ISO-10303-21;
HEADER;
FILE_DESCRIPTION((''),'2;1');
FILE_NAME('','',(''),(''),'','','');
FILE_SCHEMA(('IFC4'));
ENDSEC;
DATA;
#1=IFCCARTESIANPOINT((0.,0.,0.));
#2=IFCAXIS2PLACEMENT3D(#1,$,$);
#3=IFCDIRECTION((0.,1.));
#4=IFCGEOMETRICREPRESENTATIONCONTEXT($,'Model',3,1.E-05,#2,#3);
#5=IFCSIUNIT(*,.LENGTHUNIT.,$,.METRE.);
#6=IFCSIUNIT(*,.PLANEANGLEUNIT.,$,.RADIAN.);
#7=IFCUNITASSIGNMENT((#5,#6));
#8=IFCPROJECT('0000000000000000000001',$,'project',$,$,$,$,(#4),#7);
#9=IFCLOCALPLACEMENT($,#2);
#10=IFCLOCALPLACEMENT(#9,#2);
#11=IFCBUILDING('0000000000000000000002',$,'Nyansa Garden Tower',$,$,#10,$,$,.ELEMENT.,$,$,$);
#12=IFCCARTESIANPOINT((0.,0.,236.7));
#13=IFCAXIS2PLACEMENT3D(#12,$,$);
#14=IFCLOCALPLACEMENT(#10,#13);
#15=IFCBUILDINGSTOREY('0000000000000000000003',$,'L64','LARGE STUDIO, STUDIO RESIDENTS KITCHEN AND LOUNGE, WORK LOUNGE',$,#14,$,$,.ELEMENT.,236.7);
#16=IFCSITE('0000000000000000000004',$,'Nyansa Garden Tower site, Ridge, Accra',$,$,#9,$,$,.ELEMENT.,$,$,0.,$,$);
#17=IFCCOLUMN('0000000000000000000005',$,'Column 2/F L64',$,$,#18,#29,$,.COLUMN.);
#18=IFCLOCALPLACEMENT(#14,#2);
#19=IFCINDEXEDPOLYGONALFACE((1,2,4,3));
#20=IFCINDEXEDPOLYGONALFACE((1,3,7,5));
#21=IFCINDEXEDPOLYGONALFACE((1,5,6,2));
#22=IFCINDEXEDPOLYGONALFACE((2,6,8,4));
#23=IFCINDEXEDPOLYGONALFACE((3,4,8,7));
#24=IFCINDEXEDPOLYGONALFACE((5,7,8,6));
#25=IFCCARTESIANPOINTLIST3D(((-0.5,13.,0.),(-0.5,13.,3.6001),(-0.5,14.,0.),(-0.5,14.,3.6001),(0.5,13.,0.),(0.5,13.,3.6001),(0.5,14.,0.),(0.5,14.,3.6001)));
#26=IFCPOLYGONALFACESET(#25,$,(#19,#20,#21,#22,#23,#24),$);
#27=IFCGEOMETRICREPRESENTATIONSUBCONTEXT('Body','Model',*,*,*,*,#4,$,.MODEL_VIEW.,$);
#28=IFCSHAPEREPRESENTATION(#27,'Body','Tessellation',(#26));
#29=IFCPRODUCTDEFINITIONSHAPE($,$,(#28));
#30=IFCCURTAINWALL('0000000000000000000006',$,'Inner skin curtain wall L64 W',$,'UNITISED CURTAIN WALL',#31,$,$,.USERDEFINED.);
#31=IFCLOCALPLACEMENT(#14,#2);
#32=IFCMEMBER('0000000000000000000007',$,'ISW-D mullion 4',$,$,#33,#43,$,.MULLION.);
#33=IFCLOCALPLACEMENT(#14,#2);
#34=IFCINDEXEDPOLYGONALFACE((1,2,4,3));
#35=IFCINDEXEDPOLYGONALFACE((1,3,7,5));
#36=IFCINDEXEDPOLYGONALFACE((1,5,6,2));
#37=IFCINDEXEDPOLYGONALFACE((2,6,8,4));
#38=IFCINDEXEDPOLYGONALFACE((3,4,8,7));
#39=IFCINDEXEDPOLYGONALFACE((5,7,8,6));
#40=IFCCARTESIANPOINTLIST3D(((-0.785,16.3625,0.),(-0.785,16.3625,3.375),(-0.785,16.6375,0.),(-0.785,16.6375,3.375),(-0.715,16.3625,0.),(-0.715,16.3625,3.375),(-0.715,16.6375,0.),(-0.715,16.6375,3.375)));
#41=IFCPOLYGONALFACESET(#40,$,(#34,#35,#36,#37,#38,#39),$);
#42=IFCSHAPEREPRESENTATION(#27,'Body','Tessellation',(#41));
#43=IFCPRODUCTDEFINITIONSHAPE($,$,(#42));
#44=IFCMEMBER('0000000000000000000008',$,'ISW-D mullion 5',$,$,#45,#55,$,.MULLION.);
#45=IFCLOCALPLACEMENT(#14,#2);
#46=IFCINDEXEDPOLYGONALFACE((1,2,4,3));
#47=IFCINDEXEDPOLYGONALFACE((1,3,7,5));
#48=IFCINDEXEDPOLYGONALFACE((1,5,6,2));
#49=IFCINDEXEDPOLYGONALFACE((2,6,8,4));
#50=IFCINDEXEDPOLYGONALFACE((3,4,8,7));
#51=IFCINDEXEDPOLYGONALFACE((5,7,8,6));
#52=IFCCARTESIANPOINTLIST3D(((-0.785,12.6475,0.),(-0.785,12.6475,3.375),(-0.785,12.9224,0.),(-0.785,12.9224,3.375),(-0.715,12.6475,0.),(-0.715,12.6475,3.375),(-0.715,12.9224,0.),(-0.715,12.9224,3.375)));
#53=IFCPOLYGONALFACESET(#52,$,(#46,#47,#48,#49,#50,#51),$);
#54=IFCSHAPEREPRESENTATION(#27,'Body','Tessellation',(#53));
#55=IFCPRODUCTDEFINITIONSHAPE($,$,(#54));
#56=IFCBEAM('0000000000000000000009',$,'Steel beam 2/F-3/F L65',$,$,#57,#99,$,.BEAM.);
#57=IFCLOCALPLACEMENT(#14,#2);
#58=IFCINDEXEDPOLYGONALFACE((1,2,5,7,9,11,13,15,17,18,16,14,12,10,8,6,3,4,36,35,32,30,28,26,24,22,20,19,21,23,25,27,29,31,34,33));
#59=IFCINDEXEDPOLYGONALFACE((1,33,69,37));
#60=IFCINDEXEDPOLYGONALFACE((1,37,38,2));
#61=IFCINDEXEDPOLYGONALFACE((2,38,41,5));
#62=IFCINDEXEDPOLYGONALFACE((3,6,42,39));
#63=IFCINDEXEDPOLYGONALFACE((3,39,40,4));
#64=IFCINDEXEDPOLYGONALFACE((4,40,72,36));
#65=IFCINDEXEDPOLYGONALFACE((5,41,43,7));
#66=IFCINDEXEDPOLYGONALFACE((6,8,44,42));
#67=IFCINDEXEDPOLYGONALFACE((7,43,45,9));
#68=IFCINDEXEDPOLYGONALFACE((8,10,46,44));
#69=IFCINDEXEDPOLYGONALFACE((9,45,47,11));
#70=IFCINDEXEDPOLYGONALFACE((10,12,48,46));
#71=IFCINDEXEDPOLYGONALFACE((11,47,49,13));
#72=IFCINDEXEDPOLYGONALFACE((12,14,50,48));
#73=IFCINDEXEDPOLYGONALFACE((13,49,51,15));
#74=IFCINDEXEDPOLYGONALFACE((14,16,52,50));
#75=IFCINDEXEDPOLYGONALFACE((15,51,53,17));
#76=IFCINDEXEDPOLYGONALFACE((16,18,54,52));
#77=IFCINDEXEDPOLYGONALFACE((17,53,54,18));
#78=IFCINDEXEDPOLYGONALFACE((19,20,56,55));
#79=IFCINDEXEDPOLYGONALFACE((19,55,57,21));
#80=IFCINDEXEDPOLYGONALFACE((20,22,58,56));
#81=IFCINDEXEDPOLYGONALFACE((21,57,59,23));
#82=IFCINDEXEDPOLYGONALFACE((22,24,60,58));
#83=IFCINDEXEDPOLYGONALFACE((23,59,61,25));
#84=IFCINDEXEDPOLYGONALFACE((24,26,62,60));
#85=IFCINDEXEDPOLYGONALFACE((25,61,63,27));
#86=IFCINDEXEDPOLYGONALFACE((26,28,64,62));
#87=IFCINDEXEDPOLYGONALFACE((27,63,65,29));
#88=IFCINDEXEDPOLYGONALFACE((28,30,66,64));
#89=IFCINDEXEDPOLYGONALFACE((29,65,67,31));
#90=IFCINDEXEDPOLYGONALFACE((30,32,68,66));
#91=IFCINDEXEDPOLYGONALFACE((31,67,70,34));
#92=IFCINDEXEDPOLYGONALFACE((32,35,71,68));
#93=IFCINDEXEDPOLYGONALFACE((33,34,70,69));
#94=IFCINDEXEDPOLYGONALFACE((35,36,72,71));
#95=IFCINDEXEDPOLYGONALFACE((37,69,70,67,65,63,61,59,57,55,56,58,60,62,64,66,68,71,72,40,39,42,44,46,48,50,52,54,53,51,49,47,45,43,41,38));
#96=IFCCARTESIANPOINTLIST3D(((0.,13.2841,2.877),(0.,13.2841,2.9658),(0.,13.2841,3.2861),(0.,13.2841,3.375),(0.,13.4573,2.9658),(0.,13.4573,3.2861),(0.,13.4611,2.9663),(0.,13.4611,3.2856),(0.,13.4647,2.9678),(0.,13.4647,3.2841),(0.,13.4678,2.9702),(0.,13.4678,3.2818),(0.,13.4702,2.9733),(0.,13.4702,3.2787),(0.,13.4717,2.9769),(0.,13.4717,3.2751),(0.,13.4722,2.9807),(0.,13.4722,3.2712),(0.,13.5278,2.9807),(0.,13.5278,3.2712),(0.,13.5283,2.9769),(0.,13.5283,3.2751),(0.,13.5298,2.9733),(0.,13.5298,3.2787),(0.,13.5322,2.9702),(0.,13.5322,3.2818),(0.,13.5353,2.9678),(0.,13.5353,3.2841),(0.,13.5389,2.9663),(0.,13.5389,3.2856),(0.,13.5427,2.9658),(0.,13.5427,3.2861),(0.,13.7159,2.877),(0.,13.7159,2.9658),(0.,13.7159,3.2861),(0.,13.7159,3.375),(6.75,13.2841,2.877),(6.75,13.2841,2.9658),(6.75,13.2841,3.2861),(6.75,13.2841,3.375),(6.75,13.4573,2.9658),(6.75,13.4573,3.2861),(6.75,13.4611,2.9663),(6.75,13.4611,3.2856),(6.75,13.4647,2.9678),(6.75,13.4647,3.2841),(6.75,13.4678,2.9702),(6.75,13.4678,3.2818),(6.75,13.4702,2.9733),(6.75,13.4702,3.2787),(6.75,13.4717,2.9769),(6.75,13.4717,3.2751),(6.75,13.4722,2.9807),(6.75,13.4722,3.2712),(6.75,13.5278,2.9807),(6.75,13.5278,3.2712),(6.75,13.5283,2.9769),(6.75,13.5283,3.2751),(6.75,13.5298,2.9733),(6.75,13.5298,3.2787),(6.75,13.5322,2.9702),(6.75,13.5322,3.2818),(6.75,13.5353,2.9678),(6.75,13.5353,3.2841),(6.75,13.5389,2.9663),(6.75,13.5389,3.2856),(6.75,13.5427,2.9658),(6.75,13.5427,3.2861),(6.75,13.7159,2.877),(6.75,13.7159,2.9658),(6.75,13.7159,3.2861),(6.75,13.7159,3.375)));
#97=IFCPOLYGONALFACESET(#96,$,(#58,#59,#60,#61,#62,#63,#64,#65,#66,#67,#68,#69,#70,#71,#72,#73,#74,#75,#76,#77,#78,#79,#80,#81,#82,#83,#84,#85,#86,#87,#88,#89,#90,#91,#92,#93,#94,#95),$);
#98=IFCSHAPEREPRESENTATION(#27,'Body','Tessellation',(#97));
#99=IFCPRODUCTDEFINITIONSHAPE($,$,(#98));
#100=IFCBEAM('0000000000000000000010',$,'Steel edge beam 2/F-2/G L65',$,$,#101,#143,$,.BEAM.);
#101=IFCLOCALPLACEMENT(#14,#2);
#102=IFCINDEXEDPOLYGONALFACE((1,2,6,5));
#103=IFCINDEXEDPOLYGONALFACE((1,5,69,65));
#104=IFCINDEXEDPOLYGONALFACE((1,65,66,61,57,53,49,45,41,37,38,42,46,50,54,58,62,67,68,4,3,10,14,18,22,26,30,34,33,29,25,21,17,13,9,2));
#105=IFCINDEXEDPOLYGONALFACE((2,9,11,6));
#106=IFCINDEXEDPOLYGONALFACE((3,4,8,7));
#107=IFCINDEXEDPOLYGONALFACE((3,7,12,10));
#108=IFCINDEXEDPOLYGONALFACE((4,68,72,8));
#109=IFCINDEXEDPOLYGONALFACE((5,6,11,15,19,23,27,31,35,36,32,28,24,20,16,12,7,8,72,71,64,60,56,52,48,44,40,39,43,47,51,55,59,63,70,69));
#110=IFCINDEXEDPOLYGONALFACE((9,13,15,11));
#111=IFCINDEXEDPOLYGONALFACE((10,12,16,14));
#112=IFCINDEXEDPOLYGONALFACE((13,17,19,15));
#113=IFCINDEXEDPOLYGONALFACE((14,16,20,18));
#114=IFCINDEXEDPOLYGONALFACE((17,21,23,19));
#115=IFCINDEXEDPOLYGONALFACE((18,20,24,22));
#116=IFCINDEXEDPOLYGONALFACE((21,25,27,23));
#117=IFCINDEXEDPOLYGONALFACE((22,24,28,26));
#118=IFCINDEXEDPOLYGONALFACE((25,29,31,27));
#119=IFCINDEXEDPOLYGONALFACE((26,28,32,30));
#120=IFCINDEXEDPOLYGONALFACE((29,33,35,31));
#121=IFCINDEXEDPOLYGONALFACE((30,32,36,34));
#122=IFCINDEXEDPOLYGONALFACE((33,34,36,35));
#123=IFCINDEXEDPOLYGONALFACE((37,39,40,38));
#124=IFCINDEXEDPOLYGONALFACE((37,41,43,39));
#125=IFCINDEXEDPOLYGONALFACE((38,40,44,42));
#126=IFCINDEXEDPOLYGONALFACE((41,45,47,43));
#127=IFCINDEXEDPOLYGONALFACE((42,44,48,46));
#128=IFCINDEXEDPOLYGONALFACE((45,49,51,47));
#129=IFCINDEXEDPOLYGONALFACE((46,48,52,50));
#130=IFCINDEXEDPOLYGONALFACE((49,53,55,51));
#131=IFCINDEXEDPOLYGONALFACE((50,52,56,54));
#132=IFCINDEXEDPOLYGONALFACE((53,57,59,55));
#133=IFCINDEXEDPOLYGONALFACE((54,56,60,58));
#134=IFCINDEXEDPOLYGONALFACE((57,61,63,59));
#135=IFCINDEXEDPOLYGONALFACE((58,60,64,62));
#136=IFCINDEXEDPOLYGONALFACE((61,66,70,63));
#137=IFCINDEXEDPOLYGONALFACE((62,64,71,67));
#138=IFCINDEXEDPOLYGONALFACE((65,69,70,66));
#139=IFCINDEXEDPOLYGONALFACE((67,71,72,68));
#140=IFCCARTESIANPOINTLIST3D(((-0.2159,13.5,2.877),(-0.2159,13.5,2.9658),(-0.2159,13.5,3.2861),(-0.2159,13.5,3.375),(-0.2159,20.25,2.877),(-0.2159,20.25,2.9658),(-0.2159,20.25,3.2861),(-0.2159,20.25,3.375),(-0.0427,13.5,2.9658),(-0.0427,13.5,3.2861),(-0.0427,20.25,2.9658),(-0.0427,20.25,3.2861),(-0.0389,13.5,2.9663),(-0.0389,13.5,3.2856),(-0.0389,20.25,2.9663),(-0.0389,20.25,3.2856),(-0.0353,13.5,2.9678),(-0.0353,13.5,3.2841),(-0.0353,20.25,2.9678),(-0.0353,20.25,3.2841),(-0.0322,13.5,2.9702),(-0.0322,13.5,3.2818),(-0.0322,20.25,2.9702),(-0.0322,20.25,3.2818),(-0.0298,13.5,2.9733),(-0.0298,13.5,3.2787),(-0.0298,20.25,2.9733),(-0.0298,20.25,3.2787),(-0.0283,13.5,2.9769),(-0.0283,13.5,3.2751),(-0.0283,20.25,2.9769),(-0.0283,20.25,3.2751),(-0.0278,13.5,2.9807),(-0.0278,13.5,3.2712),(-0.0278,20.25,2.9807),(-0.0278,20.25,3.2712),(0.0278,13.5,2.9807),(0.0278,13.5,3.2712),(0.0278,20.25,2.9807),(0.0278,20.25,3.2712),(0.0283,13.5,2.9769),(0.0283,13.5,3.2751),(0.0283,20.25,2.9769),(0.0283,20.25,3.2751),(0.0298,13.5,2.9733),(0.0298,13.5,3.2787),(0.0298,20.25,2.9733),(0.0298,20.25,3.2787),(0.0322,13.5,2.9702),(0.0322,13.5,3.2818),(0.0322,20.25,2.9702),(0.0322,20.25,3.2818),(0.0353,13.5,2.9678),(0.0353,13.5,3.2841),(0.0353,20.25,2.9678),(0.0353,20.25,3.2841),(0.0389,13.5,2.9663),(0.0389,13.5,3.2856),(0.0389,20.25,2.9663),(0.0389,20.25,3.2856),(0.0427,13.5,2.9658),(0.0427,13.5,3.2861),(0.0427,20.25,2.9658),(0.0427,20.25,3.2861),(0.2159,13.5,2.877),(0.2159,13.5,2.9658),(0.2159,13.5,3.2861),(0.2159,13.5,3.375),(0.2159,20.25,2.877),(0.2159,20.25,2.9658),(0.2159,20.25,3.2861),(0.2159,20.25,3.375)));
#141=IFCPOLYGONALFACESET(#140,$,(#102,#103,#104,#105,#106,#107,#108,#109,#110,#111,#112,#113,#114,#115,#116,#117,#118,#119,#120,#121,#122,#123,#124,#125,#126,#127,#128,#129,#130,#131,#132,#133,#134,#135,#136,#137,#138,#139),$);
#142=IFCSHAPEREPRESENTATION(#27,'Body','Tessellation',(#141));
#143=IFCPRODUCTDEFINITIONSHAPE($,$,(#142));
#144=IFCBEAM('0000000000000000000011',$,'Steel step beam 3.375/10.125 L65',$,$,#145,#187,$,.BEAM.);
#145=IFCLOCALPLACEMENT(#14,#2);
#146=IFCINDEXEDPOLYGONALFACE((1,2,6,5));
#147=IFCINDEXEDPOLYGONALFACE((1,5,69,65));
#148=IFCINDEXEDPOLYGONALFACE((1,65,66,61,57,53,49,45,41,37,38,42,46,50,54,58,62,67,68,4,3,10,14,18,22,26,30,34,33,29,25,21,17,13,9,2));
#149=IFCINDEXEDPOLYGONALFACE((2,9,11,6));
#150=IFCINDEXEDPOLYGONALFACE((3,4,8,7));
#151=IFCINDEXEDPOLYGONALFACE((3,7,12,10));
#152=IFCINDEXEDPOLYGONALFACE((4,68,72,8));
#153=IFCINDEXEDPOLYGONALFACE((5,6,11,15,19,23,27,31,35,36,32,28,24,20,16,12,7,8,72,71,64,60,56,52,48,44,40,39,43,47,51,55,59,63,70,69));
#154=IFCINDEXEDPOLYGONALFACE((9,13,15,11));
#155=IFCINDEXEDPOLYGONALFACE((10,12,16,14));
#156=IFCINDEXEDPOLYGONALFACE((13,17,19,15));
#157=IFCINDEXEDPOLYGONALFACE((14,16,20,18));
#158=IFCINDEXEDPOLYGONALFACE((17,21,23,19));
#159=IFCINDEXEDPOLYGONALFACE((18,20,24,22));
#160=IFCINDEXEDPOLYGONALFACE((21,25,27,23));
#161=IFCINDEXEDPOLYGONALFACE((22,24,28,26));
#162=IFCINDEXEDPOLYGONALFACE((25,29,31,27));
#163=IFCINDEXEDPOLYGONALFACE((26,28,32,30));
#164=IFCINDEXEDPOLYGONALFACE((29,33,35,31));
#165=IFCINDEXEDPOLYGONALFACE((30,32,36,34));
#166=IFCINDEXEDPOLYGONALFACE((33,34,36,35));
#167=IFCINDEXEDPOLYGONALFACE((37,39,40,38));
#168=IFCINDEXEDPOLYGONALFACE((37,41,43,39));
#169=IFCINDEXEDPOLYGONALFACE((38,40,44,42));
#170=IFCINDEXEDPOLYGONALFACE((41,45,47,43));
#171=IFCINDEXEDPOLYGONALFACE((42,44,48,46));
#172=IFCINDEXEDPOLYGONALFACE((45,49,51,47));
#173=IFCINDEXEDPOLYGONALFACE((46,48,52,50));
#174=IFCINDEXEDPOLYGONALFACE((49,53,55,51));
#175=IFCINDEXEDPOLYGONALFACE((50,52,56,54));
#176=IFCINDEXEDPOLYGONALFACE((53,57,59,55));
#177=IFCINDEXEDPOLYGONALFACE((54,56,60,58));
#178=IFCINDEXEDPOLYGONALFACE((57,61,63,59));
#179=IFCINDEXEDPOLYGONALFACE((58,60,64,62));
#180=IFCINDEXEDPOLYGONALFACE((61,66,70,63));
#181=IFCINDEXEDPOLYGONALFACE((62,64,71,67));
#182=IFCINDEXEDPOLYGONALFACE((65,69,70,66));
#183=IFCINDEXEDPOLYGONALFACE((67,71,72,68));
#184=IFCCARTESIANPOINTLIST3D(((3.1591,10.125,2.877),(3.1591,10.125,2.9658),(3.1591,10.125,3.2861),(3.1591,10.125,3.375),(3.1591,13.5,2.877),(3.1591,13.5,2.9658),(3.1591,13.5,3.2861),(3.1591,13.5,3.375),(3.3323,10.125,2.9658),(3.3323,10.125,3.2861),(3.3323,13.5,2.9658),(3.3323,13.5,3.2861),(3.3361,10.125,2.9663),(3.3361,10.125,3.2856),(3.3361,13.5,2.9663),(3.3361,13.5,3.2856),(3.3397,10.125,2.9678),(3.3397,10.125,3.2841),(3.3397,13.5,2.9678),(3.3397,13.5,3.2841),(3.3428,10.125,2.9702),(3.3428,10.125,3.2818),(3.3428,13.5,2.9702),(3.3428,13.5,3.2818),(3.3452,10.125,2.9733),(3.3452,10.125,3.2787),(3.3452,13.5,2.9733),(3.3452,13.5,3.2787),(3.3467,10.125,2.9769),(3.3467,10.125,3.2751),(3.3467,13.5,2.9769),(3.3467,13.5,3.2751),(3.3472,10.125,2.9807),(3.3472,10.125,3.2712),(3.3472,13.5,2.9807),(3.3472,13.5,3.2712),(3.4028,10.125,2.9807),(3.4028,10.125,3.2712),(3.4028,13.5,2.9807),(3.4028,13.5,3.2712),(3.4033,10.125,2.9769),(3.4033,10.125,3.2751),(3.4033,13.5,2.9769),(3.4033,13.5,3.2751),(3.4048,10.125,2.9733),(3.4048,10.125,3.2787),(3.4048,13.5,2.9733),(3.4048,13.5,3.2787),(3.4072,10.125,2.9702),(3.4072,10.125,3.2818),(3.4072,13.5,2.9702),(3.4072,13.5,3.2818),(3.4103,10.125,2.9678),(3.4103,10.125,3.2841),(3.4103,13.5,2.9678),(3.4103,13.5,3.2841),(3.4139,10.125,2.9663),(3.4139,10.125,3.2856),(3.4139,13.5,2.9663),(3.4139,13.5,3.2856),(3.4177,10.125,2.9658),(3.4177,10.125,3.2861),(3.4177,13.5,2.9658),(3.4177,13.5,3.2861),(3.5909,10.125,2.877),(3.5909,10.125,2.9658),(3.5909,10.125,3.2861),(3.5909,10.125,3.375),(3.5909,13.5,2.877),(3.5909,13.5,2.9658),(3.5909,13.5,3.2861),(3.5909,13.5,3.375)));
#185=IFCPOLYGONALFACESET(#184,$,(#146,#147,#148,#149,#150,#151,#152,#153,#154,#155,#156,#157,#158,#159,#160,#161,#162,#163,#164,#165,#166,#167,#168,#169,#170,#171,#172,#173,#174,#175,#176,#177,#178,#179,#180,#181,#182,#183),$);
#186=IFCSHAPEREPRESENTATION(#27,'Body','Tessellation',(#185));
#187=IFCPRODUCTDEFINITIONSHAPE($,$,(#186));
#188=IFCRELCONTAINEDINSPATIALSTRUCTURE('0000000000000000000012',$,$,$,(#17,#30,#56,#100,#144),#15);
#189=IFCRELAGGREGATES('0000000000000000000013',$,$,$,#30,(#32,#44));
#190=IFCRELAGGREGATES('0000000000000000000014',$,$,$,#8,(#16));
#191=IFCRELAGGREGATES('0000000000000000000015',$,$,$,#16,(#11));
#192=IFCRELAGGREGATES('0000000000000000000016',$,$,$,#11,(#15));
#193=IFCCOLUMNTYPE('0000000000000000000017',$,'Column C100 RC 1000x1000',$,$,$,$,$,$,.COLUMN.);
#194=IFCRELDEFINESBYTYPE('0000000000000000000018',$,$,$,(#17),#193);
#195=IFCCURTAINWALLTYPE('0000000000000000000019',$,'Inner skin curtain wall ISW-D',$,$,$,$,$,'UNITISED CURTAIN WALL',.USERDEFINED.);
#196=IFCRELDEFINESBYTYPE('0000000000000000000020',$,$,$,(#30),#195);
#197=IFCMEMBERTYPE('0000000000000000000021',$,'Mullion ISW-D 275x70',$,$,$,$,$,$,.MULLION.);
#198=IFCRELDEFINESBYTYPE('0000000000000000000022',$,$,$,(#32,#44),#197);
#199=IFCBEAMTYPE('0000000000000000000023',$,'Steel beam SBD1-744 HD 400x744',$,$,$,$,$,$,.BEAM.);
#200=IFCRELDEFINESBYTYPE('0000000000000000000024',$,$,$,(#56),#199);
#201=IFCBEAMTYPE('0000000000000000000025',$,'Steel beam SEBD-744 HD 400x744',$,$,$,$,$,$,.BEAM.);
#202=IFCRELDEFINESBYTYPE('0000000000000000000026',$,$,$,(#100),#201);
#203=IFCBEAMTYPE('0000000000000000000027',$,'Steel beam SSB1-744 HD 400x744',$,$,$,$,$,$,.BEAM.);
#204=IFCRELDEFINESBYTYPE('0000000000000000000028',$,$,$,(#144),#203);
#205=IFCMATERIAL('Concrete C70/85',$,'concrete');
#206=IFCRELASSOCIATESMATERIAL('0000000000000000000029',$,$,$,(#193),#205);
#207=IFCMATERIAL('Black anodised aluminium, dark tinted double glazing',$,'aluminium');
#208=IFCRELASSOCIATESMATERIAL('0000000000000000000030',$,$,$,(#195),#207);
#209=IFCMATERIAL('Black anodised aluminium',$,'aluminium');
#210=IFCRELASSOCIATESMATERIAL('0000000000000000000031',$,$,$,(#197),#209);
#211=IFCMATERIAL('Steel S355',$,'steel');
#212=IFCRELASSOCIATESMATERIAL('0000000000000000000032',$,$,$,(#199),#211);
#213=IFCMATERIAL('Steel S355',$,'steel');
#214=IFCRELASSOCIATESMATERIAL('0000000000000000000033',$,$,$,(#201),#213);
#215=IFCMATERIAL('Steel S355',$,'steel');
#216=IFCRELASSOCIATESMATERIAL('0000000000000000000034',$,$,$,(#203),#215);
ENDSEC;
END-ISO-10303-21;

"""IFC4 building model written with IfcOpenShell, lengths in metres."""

from ifc_helpers import new_model, si_unit, direction, frame, origin, origin_2d, place, context, subcontext, project, spatial, rectangle, i_section, extrude, material, material_profile, profile_set, type_object, element, aggregate, save


model = new_model("IFC4")

# Units and contexts
model_context = context("Model", 3, precision=1e-05, world=origin(), true_north=direction((0.0, 1.0)))
body_context = subcontext(model_context, "Body", "Model", "MODEL_VIEW")
ifc_project = project(units=[si_unit("LENGTHUNIT", "METRE"), si_unit("PLANEANGLEUNIT", "RADIAN")], contexts=[model_context])

# Site, building, storey
site_placement = place(None, origin())
site = spatial("IfcSite", under=ifc_project, at=site_placement, Name="Nyansa Garden Tower site, Ridge, Accra", CompositionType="ELEMENT", RefElevation=0.0)
building_placement = place(site_placement, origin())
building = spatial("IfcBuilding", under=site, at=building_placement, Name="Nyansa Garden Tower", CompositionType="ELEMENT")
storey_placement = place(building_placement, frame((0.0, 0.0, 236.7)))
storey = spatial("IfcBuildingStorey", under=building, at=storey_placement, Name="L64", Description="LARGE STUDIO, STUDIO RESIDENTS KITCHEN AND LOUNGE, WORK LOUNGE", CompositionType="ELEMENT", Elevation=236.7)

# Column
ifc_material_1 = material(Name="Concrete C70/85", Category="concrete")
ifc_material_profile_1 = material_profile(ifc_material_1, rectangle(XDim=1.0, YDim=1.0, at=origin_2d()), Name="RC 1000x1000")
ifc_profile_set_1 = profile_set([ifc_material_profile_1], Name="Concrete C70/85")
column_type = type_object("IfcColumnType", Name="Column C100 RC 1000x1000", PredefinedType="COLUMN", material=ifc_profile_set_1)
column_placement = place(storey_placement, frame((0.0, 13.5, 0.0), z_axis=(0.0, 0.0, 1.0), x_axis=(1.0, 0.0, 0.0)))
element("IfcColumn", 1, at=column_placement, inside=storey, type_object=column_type, Name="Column 2/F L64", PredefinedType="COLUMN", context=body_context, shape_type="SweptSolid", body=[
    extrude(rectangle(XDim=1.0, YDim=1.0, at=origin_2d()), origin(), (0.0, 0.0, 1.0), 3.6001),
])

# Curtain wall, members
ifc_material_2 = material(Name="Black anodised aluminium, dark tinted double glazing", Category="aluminium")
curtain_wall_type = type_object("IfcCurtainWallType", Name="Inner skin curtain wall ISW-D", ElementType="UNITISED CURTAIN WALL", PredefinedType="USERDEFINED", material=ifc_material_2)
curtain_wall_placement = place(storey_placement, origin())
curtain_wall = element("IfcCurtainWall", 2, at=curtain_wall_placement, inside=storey, type_object=curtain_wall_type, Name="Inner skin curtain wall L64 W", ObjectType="UNITISED CURTAIN WALL", PredefinedType="USERDEFINED")
ifc_material_3 = material(Name="Black anodised aluminium", Category="aluminium")
ifc_material_profile_2 = material_profile(ifc_material_3, rectangle(XDim=0.0701, YDim=0.2749, at=origin_2d()), Name="Mullion 275x70")
ifc_profile_set_2 = profile_set([ifc_material_profile_2], Name="Black anodised aluminium")
member_type_1 = type_object("IfcMemberType", Name="Mullion ISW-D 275x70", PredefinedType="MULLION", material=ifc_profile_set_2)
member_1_placement = place(storey_placement, frame((-0.75, 16.5, 0.0), z_axis=(0.0, 0.0, 1.0), x_axis=(1.0, 0.0, 0.0)))
member_1 = element("IfcMember", 3, at=member_1_placement, type_object=member_type_1, Name="ISW-D mullion 4", PredefinedType="MULLION", context=body_context, shape_type="SweptSolid", body=[
    extrude(rectangle(XDim=0.0701, YDim=0.2749, at=origin_2d()), origin(), (0.0, 0.0, 1.0), 3.375),
])
member_2_placement = place(storey_placement, frame((-0.75, 12.7849, 0.0), z_axis=(0.0, 0.0, 1.0), x_axis=(1.0, 0.0, 0.0)))
member_2 = element("IfcMember", 4, at=member_2_placement, type_object=member_type_1, Name="ISW-D mullion 5", PredefinedType="MULLION", context=body_context, shape_type="SweptSolid", body=[
    extrude(rectangle(XDim=0.0701, YDim=0.2749, at=origin_2d()), origin(), (0.0, 0.0, 1.0), 3.375),
])

# Beams
ifc_material_4 = material(Name="Steel S355", Category="steel")
ifc_material_profile_3 = material_profile(ifc_material_4, i_section(OverallWidth=0.4319, OverallDepth=0.498, WebThickness=0.0557, FlangeThickness=0.0889, FilletRadius=0.0149, at=origin_2d()), Name="HD 400x744")
ifc_profile_set_3 = profile_set([ifc_material_profile_3], Name="Steel S355")
beam_type_1 = type_object("IfcBeamType", Name="Steel beam SBD1-744 HD 400x744", PredefinedType="BEAM", material=ifc_profile_set_3)
beam_1_placement = place(storey_placement, frame((0.0, 13.5, 3.126), z_axis=(1.0, 0.0, 0.0), x_axis=(0.0, 1.0, 0.0)))
element("IfcBeam", 5, at=beam_1_placement, inside=storey, type_object=beam_type_1, Name="Steel beam 2/F-3/F L65", PredefinedType="BEAM", context=body_context, shape_type="SweptSolid", body=[
    extrude(i_section(OverallWidth=0.4319, OverallDepth=0.498, WebThickness=0.0557, FlangeThickness=0.0889, FilletRadius=0.0149, at=origin_2d()), origin(), (0.0, 0.0, 1.0), 6.75),
])
ifc_material_5 = material(Name="Steel S355", Category="steel")
ifc_material_profile_4 = material_profile(ifc_material_5, i_section(OverallWidth=0.4319, OverallDepth=0.498, WebThickness=0.0557, FlangeThickness=0.0889, FilletRadius=0.0149, at=origin_2d()), Name="HD 400x744")
ifc_profile_set_4 = profile_set([ifc_material_profile_4], Name="Steel S355")
beam_type_2 = type_object("IfcBeamType", Name="Steel beam SEBD-744 HD 400x744", PredefinedType="BEAM", material=ifc_profile_set_4)
beam_2_placement = place(storey_placement, frame((0.0, 13.5, 3.126), z_axis=(0.0, 1.0, 0.0), x_axis=(-1.0, 0.0, 0.0)))
element("IfcBeam", 6, at=beam_2_placement, inside=storey, type_object=beam_type_2, Name="Steel edge beam 2/F-2/G L65", PredefinedType="BEAM", context=body_context, shape_type="SweptSolid", body=[
    extrude(i_section(OverallWidth=0.4319, OverallDepth=0.498, WebThickness=0.0557, FlangeThickness=0.0889, FilletRadius=0.0149, at=origin_2d()), origin(), (0.0, 0.0, 1.0), 6.75),
])
ifc_material_6 = material(Name="Steel S355", Category="steel")
ifc_material_profile_5 = material_profile(ifc_material_6, i_section(OverallWidth=0.4319, OverallDepth=0.498, WebThickness=0.0557, FlangeThickness=0.0889, FilletRadius=0.0149, at=origin_2d()), Name="HD 400x744")
ifc_profile_set_5 = profile_set([ifc_material_profile_5], Name="Steel S355")
beam_type_3 = type_object("IfcBeamType", Name="Steel beam SSB1-744 HD 400x744", PredefinedType="BEAM", material=ifc_profile_set_5)
beam_3_placement = place(storey_placement, frame((3.375, 10.125, 3.126), z_axis=(0.0, 1.0, 0.0), x_axis=(-1.0, 0.0, 0.0)))
element("IfcBeam", 7, at=beam_3_placement, inside=storey, type_object=beam_type_3, Name="Steel step beam 3.375/10.125 L65", PredefinedType="BEAM", context=body_context, shape_type="SweptSolid", body=[
    extrude(i_section(OverallWidth=0.4319, OverallDepth=0.498, WebThickness=0.0557, FlangeThickness=0.0889, FilletRadius=0.0149, at=origin_2d()), origin(), (0.0, 0.0, 1.0), 3.375),
])

aggregate(curtain_wall, [member_1, member_2])

save(model, "model.ifc")
